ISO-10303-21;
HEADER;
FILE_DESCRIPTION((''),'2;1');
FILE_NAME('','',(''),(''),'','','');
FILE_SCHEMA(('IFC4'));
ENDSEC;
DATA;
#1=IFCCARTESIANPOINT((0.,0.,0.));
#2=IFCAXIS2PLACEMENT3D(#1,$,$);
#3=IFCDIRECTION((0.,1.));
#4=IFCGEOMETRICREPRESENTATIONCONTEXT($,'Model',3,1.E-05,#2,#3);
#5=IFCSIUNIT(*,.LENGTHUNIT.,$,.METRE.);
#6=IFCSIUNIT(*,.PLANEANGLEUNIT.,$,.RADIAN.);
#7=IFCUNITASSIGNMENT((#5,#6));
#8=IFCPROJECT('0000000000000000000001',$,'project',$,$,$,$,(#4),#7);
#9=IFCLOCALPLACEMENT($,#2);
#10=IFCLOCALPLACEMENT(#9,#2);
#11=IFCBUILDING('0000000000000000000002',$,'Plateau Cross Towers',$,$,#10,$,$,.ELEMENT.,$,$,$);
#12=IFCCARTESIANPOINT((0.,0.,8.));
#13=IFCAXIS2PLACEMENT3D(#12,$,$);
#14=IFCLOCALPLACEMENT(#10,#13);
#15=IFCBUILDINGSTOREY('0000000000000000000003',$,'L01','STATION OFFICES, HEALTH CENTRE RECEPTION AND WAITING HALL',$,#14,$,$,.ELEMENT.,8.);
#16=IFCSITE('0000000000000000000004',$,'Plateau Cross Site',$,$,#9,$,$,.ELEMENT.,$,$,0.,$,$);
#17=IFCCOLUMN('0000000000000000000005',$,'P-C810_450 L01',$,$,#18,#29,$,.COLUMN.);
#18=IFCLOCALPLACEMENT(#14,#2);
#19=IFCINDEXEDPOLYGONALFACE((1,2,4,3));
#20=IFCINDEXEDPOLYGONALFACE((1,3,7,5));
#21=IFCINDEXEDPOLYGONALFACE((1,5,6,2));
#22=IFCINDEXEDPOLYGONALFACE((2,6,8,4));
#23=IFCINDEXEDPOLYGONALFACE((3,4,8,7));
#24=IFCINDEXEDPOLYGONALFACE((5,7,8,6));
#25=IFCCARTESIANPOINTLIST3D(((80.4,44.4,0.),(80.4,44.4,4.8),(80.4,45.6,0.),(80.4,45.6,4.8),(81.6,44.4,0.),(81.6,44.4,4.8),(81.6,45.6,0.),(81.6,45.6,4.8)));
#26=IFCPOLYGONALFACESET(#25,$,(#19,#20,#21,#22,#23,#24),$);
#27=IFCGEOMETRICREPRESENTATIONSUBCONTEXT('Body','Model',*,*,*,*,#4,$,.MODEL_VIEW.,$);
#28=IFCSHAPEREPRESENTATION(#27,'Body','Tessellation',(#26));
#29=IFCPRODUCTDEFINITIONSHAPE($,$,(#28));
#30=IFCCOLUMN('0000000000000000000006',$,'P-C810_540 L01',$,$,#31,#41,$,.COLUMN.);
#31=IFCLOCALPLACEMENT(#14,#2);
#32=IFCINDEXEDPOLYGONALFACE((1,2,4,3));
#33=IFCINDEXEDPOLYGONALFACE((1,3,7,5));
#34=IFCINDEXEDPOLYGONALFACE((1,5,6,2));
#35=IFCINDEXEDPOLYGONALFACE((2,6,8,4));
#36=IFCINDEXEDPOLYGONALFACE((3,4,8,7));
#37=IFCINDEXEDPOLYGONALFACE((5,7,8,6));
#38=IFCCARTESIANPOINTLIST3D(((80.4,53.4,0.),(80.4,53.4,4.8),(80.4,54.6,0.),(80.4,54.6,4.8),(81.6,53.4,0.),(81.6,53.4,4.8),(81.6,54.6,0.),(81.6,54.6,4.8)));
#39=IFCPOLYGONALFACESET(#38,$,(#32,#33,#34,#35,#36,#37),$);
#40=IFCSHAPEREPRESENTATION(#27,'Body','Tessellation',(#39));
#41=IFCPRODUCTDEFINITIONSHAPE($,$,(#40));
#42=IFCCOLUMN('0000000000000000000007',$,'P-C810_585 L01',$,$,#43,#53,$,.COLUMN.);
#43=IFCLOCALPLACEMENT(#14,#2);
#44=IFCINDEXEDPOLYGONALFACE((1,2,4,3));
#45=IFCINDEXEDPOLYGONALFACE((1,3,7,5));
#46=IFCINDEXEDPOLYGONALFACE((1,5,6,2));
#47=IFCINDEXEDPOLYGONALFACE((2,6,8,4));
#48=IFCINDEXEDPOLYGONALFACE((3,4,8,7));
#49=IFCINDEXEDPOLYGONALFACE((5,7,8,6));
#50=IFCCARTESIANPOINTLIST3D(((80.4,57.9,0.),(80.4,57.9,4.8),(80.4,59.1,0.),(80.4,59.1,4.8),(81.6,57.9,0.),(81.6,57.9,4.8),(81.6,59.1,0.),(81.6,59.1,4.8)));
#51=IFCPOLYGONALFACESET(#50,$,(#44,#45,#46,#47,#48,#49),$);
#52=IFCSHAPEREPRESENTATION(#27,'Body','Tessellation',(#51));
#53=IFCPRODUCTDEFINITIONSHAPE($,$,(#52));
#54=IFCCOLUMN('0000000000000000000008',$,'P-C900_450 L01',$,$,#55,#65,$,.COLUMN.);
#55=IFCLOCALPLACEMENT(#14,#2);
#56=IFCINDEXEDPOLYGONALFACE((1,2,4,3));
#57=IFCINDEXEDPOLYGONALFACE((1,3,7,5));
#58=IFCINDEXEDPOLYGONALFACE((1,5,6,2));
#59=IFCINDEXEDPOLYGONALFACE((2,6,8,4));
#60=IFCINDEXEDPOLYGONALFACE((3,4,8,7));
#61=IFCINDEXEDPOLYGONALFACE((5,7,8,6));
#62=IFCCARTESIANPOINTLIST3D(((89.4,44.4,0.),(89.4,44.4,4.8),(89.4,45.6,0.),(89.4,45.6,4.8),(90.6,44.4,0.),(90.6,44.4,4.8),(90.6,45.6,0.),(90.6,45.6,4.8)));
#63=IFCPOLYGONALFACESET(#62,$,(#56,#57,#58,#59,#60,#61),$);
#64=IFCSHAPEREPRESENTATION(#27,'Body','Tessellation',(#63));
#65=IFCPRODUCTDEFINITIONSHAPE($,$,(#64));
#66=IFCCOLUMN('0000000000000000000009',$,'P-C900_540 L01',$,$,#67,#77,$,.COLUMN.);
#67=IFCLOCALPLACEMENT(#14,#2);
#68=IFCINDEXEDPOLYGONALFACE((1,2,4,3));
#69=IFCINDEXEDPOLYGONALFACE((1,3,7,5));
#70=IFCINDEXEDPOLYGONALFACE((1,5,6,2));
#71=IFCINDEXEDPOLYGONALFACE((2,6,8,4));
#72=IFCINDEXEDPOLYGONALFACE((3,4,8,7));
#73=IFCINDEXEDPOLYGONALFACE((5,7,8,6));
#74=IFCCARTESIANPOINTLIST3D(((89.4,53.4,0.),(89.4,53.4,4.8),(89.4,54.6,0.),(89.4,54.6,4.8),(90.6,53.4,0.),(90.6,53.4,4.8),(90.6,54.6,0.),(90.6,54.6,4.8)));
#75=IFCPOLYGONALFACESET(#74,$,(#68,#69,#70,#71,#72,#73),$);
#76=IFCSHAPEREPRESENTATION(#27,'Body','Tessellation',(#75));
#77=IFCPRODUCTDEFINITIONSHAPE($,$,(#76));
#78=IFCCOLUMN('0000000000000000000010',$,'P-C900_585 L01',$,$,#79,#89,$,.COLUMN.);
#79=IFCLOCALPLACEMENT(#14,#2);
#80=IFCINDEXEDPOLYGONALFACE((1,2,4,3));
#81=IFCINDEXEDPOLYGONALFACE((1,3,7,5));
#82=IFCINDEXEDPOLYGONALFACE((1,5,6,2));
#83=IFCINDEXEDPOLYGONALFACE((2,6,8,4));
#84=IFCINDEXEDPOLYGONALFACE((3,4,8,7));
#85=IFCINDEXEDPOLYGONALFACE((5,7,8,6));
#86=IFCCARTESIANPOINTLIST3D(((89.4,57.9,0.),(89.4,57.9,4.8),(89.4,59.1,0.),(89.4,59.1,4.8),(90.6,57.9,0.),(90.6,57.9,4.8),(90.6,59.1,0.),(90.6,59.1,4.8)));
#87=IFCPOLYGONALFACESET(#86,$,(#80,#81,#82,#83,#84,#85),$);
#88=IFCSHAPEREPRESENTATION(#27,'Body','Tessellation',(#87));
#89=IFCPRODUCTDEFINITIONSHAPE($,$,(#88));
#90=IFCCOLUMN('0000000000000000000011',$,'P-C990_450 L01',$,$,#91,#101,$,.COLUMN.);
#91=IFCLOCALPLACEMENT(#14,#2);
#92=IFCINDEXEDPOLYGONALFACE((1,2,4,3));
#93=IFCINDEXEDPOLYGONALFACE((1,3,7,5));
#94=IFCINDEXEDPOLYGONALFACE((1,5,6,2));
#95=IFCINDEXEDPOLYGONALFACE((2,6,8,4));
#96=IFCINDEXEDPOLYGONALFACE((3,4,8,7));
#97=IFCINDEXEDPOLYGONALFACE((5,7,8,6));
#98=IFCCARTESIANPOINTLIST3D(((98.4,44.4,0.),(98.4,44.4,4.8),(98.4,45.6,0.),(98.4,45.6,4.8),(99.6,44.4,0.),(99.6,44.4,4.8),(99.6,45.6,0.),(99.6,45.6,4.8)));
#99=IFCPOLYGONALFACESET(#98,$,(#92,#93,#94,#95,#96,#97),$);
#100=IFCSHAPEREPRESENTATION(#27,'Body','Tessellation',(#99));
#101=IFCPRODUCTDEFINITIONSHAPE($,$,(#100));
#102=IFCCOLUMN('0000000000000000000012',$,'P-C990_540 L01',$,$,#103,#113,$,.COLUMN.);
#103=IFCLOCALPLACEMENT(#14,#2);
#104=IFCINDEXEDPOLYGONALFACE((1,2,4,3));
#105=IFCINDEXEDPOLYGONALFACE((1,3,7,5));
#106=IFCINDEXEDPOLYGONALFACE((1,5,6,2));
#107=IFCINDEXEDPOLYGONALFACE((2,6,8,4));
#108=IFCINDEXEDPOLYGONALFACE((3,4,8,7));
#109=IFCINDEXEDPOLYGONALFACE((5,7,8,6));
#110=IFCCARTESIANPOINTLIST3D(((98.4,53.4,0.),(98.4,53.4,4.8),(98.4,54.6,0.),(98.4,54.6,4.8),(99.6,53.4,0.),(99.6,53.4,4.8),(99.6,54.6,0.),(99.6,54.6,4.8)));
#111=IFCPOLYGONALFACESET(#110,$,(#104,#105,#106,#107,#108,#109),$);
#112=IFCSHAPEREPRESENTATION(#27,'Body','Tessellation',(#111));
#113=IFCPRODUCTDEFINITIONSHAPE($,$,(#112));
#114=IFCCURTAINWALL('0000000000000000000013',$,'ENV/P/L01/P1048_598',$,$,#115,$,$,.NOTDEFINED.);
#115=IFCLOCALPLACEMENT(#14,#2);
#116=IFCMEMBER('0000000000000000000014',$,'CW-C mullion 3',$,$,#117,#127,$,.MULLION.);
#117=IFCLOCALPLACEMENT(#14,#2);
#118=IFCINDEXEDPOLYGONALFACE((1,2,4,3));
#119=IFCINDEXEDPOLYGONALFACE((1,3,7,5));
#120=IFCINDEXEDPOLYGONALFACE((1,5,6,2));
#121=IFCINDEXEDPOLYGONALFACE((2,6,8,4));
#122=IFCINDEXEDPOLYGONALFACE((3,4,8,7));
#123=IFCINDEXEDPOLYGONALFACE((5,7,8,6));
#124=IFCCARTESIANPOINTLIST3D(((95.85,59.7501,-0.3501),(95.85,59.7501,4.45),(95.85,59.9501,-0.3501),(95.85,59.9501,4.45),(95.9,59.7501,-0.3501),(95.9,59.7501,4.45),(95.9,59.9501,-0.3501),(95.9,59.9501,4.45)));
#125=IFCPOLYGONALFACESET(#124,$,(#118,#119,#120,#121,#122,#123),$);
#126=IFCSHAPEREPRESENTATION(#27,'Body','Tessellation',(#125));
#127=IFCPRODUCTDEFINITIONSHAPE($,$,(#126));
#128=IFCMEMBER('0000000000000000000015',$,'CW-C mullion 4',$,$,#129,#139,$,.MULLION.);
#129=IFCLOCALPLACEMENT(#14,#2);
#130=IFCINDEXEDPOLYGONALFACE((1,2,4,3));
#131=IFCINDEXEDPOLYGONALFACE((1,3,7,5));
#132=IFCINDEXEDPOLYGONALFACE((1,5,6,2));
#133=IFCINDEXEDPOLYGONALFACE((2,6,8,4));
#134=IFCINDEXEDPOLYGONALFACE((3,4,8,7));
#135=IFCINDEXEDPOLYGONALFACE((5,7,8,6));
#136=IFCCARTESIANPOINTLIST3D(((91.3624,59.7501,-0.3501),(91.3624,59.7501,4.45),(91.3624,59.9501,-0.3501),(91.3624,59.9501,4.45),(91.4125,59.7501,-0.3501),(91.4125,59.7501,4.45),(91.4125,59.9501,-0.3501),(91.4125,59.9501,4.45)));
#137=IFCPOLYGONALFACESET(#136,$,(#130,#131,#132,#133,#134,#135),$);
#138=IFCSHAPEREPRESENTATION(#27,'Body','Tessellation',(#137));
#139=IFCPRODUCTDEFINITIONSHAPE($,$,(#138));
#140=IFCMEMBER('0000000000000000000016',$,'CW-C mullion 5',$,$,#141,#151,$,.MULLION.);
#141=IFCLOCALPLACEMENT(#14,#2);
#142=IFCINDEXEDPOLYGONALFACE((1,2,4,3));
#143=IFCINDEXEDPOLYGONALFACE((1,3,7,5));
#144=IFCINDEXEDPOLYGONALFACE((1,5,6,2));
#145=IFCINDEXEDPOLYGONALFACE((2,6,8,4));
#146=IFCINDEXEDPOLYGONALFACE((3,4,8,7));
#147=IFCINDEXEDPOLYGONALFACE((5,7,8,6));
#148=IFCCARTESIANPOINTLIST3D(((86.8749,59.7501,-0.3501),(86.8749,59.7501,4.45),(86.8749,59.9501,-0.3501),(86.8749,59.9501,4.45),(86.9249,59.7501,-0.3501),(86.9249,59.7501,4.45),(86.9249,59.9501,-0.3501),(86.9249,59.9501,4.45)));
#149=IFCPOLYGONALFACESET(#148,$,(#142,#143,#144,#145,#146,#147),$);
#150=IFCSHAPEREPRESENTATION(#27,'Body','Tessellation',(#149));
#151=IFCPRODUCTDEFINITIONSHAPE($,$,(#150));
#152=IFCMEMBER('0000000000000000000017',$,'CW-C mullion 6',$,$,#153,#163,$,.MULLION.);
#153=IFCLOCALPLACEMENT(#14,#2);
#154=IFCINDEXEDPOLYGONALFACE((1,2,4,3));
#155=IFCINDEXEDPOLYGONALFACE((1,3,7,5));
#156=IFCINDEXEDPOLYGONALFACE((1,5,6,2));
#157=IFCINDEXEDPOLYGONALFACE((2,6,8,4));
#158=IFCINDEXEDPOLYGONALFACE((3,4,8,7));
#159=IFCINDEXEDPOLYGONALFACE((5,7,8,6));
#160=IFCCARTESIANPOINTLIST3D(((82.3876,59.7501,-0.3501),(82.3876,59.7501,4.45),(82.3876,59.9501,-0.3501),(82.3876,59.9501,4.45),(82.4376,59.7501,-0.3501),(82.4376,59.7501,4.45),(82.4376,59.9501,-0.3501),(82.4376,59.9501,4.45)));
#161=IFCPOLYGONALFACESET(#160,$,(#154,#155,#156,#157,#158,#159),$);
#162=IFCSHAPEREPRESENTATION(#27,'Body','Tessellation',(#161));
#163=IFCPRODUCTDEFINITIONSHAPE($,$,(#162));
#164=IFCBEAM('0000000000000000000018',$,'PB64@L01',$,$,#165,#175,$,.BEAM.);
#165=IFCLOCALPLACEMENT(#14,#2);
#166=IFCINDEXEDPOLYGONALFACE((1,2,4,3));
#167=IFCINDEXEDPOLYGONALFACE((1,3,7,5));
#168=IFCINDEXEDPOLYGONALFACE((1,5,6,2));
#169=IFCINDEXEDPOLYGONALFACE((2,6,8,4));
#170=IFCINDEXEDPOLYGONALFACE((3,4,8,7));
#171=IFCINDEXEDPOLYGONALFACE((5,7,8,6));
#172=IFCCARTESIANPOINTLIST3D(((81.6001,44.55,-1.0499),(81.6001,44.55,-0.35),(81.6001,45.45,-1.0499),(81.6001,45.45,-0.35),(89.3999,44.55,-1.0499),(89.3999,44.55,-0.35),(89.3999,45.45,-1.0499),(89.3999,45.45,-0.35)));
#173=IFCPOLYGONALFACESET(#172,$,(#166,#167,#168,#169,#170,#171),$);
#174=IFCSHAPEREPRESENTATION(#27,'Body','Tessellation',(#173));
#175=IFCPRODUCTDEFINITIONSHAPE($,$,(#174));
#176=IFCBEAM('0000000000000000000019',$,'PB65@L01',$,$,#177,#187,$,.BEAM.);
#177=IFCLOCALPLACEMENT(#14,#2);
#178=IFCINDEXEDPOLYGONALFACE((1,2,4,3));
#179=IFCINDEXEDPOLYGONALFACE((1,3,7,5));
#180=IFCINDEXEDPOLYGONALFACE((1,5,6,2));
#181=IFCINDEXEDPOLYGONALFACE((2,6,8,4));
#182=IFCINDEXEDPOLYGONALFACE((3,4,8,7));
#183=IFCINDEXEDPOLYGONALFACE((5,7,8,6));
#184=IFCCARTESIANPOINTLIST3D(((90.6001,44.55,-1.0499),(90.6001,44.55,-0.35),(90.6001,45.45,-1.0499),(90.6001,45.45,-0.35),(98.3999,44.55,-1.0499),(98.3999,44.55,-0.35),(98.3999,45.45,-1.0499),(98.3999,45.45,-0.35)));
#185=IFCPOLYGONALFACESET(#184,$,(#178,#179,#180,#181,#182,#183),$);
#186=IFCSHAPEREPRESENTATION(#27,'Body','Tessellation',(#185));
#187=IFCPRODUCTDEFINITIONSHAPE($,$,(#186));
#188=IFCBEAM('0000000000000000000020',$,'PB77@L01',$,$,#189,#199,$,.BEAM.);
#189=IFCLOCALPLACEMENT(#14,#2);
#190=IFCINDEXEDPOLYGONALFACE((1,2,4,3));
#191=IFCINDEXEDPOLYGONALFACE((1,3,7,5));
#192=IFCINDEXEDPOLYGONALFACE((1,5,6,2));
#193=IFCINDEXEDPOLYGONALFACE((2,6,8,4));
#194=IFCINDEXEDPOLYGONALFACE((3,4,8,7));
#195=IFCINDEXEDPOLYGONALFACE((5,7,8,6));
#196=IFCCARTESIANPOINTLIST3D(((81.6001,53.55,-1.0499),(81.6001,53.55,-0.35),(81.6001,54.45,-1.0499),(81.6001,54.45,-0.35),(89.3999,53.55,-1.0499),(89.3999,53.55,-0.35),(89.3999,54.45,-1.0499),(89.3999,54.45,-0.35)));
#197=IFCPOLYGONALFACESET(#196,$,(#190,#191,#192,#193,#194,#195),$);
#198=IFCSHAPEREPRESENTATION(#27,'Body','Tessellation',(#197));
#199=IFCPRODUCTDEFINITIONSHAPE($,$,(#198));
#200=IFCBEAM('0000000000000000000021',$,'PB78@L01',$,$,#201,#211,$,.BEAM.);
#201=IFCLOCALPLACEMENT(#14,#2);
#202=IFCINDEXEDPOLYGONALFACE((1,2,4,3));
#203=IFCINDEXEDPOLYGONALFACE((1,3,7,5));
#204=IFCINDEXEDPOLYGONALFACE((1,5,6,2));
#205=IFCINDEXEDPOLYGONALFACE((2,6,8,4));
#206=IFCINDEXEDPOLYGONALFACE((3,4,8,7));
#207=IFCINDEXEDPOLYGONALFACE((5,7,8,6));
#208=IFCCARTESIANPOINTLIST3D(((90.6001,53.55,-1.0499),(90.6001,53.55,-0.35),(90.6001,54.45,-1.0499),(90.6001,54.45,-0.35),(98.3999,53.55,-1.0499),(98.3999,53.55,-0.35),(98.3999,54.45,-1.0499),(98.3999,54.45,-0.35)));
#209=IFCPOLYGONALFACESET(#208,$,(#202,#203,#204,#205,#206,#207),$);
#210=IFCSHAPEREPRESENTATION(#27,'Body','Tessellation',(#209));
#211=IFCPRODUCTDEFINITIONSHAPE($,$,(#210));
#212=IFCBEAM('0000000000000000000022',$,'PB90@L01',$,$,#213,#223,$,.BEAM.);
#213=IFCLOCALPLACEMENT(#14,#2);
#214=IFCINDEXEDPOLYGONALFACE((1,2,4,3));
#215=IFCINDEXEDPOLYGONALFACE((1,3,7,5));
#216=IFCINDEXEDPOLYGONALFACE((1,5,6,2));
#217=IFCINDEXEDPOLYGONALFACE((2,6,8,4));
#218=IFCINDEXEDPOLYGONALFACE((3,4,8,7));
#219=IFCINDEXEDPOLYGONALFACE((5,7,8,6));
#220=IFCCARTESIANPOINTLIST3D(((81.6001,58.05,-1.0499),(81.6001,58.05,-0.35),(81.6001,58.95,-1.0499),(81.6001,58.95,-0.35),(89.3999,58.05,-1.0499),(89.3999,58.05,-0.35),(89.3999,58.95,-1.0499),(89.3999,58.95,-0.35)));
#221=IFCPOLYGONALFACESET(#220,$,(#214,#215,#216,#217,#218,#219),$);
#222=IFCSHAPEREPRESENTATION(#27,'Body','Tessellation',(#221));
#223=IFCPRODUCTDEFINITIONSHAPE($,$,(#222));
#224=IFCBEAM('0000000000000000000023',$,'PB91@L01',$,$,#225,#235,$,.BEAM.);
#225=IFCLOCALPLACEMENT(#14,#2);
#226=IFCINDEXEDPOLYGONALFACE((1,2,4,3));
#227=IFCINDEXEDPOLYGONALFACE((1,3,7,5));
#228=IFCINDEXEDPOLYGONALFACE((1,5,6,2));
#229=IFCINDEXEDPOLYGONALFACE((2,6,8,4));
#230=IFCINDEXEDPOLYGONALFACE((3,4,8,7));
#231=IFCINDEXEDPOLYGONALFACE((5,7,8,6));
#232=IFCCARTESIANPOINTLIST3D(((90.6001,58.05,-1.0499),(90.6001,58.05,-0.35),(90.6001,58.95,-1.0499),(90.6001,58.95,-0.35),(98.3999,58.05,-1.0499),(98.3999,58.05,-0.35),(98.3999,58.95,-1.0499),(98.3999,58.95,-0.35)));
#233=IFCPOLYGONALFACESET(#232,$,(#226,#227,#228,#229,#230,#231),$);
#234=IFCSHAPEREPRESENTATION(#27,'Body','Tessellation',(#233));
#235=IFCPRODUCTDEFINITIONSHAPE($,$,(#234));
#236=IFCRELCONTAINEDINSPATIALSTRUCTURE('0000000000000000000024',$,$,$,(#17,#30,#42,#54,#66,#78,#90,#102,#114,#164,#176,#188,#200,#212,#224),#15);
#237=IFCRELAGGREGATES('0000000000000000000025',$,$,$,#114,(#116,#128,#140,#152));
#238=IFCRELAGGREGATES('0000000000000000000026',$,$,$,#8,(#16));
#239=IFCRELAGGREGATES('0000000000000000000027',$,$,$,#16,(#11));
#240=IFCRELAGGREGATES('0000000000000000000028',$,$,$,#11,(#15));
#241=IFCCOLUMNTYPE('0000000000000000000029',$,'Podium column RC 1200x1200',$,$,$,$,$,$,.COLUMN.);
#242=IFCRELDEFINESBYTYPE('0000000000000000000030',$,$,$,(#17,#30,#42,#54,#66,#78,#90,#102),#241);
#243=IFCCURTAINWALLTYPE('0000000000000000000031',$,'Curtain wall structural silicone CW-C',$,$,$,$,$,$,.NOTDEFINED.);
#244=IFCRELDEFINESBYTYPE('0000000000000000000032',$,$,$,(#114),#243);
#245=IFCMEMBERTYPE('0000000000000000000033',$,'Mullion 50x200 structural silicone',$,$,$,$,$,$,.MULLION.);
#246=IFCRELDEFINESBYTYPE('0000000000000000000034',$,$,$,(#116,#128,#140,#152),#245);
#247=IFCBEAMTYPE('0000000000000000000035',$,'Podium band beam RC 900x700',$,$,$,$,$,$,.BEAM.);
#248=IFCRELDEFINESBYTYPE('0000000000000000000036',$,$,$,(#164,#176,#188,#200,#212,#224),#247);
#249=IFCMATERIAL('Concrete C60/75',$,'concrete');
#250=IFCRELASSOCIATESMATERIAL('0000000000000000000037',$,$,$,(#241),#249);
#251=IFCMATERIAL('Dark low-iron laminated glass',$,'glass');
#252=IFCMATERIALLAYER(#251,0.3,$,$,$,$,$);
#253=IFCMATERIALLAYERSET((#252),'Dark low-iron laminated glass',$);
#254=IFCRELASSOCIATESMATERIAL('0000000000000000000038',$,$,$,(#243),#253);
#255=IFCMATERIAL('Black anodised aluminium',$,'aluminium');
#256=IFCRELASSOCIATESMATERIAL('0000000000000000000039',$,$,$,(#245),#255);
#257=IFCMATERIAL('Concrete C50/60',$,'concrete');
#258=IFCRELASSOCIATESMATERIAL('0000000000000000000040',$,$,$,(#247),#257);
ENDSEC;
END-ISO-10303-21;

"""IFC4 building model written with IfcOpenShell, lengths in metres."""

from ifc_helpers import new_model, si_unit, direction, frame, origin, origin_2d, place, context, subcontext, project, spatial, rectangle, extrude, material, layer, layer_set, material_profile, profile_set, type_object, element, aggregate, save


model = new_model("IFC4")

# Units and contexts
model_context = context("Model", 3, precision=1e-05, world=origin(), true_north=direction((0.0, 1.0)))
body_context = subcontext(model_context, "Body", "Model", "MODEL_VIEW")
ifc_project = project(units=[si_unit("LENGTHUNIT", "METRE"), si_unit("PLANEANGLEUNIT", "RADIAN")], contexts=[model_context])

# Site, building, storey
site_placement = place(None, origin())
site = spatial("IfcSite", under=ifc_project, at=site_placement, Name="Plateau Cross Site", CompositionType="ELEMENT", RefElevation=0.0)
building_placement = place(site_placement, origin())
building = spatial("IfcBuilding", under=site, at=building_placement, Name="Plateau Cross Towers", CompositionType="ELEMENT")
storey_placement = place(building_placement, frame((0.0, 0.0, 8.0)))
storey = spatial("IfcBuildingStorey", under=building, at=storey_placement, Name="L01", Description="STATION OFFICES, HEALTH CENTRE RECEPTION AND WAITING HALL", CompositionType="ELEMENT", Elevation=8.0)

# Columns
ifc_material_1 = material(Name="Concrete C60/75", Category="concrete")
ifc_material_profile_1 = material_profile(ifc_material_1, rectangle(XDim=1.2, YDim=1.2, at=origin_2d()), Name="RC 1200x1200")
ifc_profile_set_1 = profile_set([ifc_material_profile_1], Name="Concrete C60/75")
column_type = type_object("IfcColumnType", Name="Podium column RC 1200x1200", PredefinedType="COLUMN", material=ifc_profile_set_1)
for number, where, z_axis, x_axis, name in (
    (1, (81.0, 45.0, 0.0), (0.0, 0.0, 1.0), (1.0, 0.0, 0.0), "P-C810_450 L01"),
    (2, (81.0, 54.0, 0.0), (0.0, 0.0, 1.0), (1.0, 0.0, 0.0), "P-C810_540 L01"),
    (3, (81.0, 58.5, 0.0), (0.0, 0.0, 1.0), (1.0, 0.0, 0.0), "P-C810_585 L01"),
    (4, (90.0, 45.0, 0.0), (0.0, 0.0, 1.0), (1.0, 0.0, 0.0), "P-C900_450 L01"),
    (5, (90.0, 54.0, 0.0), (0.0, 0.0, 1.0), (1.0, 0.0, 0.0), "P-C900_540 L01"),
    (6, (90.0, 58.5, 0.0), (0.0, 0.0, 1.0), (1.0, 0.0, 0.0), "P-C900_585 L01"),
    (7, (99.0, 45.0, 0.0), (0.0, 0.0, 1.0), (1.0, 0.0, 0.0), "P-C990_450 L01"),
    (8, (99.0, 54.0, 0.0), (0.0, 0.0, 1.0), (1.0, 0.0, 0.0), "P-C990_540 L01"),
):
    element("IfcColumn", number, at=place(storey_placement, frame(where, z_axis=z_axis, x_axis=x_axis)), inside=storey, type_object=column_type, Name=name, PredefinedType="COLUMN", context=body_context, shape_type="SweptSolid", body=[
        extrude(rectangle(XDim=1.2, YDim=1.2, at=origin_2d()), origin(), (0.0, 0.0, 1.0), 4.8),
    ])

# Curtain wall, members
ifc_material_2 = material(Name="Dark low-iron laminated glass", Category="glass")
ifc_layer_1 = layer(ifc_material_2, 0.3)
ifc_layer_set_1 = layer_set([ifc_layer_1], Name="Dark low-iron laminated glass")
curtain_wall_type = type_object("IfcCurtainWallType", Name="Curtain wall structural silicone CW-C", PredefinedType="NOTDEFINED", material=ifc_layer_set_1)
curtain_wall_placement = place(storey_placement, origin())
curtain_wall = element("IfcCurtainWall", 9, at=curtain_wall_placement, inside=storey, type_object=curtain_wall_type, Name="ENV/P/L01/P1048_598", PredefinedType="NOTDEFINED")
ifc_material_3 = material(Name="Black anodised aluminium", Category="aluminium")
ifc_material_profile_2 = material_profile(ifc_material_3, rectangle(XDim=0.05, YDim=0.2, at=origin_2d()), Name="MULLION 50x200")
ifc_profile_set_2 = profile_set([ifc_material_profile_2], Name="Black anodised aluminium")
member_type = type_object("IfcMemberType", Name="Mullion 50x200 structural silicone", PredefinedType="MULLION", material=ifc_profile_set_2)
member_1_placement = place(storey_placement, frame((95.875, 59.8501, -0.3501), z_axis=(0.0, 0.0, 1.0), x_axis=(-1.0, 0.0, 0.0)))
member_1 = element("IfcMember", 10, at=member_1_placement, type_object=member_type, Name="CW-C mullion 3", PredefinedType="MULLION", context=body_context, shape_type="SweptSolid", body=[
    extrude(rectangle(XDim=0.05, YDim=0.2, at=origin_2d()), origin(), (0.0, 0.0, 1.0), 4.8),
])
member_2_placement = place(storey_placement, frame((91.3875, 59.8501, -0.3501), z_axis=(0.0, 0.0, 1.0), x_axis=(-1.0, 0.0, 0.0)))
member_2 = element("IfcMember", 11, at=member_2_placement, type_object=member_type, Name="CW-C mullion 4", PredefinedType="MULLION", context=body_context, shape_type="SweptSolid", body=[
    extrude(rectangle(XDim=0.05, YDim=0.2, at=origin_2d()), origin(), (0.0, 0.0, 1.0), 4.8),
])
member_3_placement = place(storey_placement, frame((86.8999, 59.8501, -0.3501), z_axis=(0.0, 0.0, 1.0), x_axis=(-1.0, 0.0, 0.0)))
member_3 = element("IfcMember", 12, at=member_3_placement, type_object=member_type, Name="CW-C mullion 5", PredefinedType="MULLION", context=body_context, shape_type="SweptSolid", body=[
    extrude(rectangle(XDim=0.05, YDim=0.2, at=origin_2d()), origin(), (0.0, 0.0, 1.0), 4.8),
])
member_4_placement = place(storey_placement, frame((82.4126, 59.8501, -0.3501), z_axis=(0.0, 0.0, 1.0), x_axis=(-1.0, 0.0, 0.0)))
member_4 = element("IfcMember", 13, at=member_4_placement, type_object=member_type, Name="CW-C mullion 6", PredefinedType="MULLION", context=body_context, shape_type="SweptSolid", body=[
    extrude(rectangle(XDim=0.05, YDim=0.2, at=origin_2d()), origin(), (0.0, 0.0, 1.0), 4.8),
])

# Beams
ifc_material_4 = material(Name="Concrete C50/60", Category="concrete")
ifc_material_profile_3 = material_profile(ifc_material_4, rectangle(XDim=0.8999, YDim=0.7, at=origin_2d()), Name="RC 900x700")
ifc_profile_set_3 = profile_set([ifc_material_profile_3], Name="Concrete C50/60")
beam_type = type_object("IfcBeamType", Name="Podium band beam RC 900x700", PredefinedType="BEAM", material=ifc_profile_set_3)
for number, where, z_axis, x_axis, name in (
    (14, (81.6001, 45.0, -0.7), (1.0, 0.0, 0.0), (0.0, 1.0, 0.0), "PB64@L01"),
    (15, (90.6001, 45.0, -0.7), (1.0, 0.0, 0.0), (0.0, 1.0, 0.0), "PB65@L01"),
    (16, (81.6001, 54.0, -0.7), (1.0, 0.0, 0.0), (0.0, 1.0, 0.0), "PB77@L01"),
    (17, (90.6001, 54.0, -0.7), (1.0, 0.0, 0.0), (0.0, 1.0, 0.0), "PB78@L01"),
    (18, (81.6001, 58.5, -0.7), (1.0, 0.0, 0.0), (0.0, 1.0, 0.0), "PB90@L01"),
    (19, (90.6001, 58.5, -0.7), (1.0, 0.0, 0.0), (0.0, 1.0, 0.0), "PB91@L01"),
):
    element("IfcBeam", number, at=place(storey_placement, frame(where, z_axis=z_axis, x_axis=x_axis)), inside=storey, type_object=beam_type, Name=name, PredefinedType="BEAM", context=body_context, shape_type="SweptSolid", body=[
        extrude(rectangle(XDim=0.8999, YDim=0.7, at=origin_2d()), origin(), (0.0, 0.0, 1.0), 7.7998),
    ])

aggregate(curtain_wall, [member_1, member_2, member_3, member_4])

save(model, "model.ifc")
